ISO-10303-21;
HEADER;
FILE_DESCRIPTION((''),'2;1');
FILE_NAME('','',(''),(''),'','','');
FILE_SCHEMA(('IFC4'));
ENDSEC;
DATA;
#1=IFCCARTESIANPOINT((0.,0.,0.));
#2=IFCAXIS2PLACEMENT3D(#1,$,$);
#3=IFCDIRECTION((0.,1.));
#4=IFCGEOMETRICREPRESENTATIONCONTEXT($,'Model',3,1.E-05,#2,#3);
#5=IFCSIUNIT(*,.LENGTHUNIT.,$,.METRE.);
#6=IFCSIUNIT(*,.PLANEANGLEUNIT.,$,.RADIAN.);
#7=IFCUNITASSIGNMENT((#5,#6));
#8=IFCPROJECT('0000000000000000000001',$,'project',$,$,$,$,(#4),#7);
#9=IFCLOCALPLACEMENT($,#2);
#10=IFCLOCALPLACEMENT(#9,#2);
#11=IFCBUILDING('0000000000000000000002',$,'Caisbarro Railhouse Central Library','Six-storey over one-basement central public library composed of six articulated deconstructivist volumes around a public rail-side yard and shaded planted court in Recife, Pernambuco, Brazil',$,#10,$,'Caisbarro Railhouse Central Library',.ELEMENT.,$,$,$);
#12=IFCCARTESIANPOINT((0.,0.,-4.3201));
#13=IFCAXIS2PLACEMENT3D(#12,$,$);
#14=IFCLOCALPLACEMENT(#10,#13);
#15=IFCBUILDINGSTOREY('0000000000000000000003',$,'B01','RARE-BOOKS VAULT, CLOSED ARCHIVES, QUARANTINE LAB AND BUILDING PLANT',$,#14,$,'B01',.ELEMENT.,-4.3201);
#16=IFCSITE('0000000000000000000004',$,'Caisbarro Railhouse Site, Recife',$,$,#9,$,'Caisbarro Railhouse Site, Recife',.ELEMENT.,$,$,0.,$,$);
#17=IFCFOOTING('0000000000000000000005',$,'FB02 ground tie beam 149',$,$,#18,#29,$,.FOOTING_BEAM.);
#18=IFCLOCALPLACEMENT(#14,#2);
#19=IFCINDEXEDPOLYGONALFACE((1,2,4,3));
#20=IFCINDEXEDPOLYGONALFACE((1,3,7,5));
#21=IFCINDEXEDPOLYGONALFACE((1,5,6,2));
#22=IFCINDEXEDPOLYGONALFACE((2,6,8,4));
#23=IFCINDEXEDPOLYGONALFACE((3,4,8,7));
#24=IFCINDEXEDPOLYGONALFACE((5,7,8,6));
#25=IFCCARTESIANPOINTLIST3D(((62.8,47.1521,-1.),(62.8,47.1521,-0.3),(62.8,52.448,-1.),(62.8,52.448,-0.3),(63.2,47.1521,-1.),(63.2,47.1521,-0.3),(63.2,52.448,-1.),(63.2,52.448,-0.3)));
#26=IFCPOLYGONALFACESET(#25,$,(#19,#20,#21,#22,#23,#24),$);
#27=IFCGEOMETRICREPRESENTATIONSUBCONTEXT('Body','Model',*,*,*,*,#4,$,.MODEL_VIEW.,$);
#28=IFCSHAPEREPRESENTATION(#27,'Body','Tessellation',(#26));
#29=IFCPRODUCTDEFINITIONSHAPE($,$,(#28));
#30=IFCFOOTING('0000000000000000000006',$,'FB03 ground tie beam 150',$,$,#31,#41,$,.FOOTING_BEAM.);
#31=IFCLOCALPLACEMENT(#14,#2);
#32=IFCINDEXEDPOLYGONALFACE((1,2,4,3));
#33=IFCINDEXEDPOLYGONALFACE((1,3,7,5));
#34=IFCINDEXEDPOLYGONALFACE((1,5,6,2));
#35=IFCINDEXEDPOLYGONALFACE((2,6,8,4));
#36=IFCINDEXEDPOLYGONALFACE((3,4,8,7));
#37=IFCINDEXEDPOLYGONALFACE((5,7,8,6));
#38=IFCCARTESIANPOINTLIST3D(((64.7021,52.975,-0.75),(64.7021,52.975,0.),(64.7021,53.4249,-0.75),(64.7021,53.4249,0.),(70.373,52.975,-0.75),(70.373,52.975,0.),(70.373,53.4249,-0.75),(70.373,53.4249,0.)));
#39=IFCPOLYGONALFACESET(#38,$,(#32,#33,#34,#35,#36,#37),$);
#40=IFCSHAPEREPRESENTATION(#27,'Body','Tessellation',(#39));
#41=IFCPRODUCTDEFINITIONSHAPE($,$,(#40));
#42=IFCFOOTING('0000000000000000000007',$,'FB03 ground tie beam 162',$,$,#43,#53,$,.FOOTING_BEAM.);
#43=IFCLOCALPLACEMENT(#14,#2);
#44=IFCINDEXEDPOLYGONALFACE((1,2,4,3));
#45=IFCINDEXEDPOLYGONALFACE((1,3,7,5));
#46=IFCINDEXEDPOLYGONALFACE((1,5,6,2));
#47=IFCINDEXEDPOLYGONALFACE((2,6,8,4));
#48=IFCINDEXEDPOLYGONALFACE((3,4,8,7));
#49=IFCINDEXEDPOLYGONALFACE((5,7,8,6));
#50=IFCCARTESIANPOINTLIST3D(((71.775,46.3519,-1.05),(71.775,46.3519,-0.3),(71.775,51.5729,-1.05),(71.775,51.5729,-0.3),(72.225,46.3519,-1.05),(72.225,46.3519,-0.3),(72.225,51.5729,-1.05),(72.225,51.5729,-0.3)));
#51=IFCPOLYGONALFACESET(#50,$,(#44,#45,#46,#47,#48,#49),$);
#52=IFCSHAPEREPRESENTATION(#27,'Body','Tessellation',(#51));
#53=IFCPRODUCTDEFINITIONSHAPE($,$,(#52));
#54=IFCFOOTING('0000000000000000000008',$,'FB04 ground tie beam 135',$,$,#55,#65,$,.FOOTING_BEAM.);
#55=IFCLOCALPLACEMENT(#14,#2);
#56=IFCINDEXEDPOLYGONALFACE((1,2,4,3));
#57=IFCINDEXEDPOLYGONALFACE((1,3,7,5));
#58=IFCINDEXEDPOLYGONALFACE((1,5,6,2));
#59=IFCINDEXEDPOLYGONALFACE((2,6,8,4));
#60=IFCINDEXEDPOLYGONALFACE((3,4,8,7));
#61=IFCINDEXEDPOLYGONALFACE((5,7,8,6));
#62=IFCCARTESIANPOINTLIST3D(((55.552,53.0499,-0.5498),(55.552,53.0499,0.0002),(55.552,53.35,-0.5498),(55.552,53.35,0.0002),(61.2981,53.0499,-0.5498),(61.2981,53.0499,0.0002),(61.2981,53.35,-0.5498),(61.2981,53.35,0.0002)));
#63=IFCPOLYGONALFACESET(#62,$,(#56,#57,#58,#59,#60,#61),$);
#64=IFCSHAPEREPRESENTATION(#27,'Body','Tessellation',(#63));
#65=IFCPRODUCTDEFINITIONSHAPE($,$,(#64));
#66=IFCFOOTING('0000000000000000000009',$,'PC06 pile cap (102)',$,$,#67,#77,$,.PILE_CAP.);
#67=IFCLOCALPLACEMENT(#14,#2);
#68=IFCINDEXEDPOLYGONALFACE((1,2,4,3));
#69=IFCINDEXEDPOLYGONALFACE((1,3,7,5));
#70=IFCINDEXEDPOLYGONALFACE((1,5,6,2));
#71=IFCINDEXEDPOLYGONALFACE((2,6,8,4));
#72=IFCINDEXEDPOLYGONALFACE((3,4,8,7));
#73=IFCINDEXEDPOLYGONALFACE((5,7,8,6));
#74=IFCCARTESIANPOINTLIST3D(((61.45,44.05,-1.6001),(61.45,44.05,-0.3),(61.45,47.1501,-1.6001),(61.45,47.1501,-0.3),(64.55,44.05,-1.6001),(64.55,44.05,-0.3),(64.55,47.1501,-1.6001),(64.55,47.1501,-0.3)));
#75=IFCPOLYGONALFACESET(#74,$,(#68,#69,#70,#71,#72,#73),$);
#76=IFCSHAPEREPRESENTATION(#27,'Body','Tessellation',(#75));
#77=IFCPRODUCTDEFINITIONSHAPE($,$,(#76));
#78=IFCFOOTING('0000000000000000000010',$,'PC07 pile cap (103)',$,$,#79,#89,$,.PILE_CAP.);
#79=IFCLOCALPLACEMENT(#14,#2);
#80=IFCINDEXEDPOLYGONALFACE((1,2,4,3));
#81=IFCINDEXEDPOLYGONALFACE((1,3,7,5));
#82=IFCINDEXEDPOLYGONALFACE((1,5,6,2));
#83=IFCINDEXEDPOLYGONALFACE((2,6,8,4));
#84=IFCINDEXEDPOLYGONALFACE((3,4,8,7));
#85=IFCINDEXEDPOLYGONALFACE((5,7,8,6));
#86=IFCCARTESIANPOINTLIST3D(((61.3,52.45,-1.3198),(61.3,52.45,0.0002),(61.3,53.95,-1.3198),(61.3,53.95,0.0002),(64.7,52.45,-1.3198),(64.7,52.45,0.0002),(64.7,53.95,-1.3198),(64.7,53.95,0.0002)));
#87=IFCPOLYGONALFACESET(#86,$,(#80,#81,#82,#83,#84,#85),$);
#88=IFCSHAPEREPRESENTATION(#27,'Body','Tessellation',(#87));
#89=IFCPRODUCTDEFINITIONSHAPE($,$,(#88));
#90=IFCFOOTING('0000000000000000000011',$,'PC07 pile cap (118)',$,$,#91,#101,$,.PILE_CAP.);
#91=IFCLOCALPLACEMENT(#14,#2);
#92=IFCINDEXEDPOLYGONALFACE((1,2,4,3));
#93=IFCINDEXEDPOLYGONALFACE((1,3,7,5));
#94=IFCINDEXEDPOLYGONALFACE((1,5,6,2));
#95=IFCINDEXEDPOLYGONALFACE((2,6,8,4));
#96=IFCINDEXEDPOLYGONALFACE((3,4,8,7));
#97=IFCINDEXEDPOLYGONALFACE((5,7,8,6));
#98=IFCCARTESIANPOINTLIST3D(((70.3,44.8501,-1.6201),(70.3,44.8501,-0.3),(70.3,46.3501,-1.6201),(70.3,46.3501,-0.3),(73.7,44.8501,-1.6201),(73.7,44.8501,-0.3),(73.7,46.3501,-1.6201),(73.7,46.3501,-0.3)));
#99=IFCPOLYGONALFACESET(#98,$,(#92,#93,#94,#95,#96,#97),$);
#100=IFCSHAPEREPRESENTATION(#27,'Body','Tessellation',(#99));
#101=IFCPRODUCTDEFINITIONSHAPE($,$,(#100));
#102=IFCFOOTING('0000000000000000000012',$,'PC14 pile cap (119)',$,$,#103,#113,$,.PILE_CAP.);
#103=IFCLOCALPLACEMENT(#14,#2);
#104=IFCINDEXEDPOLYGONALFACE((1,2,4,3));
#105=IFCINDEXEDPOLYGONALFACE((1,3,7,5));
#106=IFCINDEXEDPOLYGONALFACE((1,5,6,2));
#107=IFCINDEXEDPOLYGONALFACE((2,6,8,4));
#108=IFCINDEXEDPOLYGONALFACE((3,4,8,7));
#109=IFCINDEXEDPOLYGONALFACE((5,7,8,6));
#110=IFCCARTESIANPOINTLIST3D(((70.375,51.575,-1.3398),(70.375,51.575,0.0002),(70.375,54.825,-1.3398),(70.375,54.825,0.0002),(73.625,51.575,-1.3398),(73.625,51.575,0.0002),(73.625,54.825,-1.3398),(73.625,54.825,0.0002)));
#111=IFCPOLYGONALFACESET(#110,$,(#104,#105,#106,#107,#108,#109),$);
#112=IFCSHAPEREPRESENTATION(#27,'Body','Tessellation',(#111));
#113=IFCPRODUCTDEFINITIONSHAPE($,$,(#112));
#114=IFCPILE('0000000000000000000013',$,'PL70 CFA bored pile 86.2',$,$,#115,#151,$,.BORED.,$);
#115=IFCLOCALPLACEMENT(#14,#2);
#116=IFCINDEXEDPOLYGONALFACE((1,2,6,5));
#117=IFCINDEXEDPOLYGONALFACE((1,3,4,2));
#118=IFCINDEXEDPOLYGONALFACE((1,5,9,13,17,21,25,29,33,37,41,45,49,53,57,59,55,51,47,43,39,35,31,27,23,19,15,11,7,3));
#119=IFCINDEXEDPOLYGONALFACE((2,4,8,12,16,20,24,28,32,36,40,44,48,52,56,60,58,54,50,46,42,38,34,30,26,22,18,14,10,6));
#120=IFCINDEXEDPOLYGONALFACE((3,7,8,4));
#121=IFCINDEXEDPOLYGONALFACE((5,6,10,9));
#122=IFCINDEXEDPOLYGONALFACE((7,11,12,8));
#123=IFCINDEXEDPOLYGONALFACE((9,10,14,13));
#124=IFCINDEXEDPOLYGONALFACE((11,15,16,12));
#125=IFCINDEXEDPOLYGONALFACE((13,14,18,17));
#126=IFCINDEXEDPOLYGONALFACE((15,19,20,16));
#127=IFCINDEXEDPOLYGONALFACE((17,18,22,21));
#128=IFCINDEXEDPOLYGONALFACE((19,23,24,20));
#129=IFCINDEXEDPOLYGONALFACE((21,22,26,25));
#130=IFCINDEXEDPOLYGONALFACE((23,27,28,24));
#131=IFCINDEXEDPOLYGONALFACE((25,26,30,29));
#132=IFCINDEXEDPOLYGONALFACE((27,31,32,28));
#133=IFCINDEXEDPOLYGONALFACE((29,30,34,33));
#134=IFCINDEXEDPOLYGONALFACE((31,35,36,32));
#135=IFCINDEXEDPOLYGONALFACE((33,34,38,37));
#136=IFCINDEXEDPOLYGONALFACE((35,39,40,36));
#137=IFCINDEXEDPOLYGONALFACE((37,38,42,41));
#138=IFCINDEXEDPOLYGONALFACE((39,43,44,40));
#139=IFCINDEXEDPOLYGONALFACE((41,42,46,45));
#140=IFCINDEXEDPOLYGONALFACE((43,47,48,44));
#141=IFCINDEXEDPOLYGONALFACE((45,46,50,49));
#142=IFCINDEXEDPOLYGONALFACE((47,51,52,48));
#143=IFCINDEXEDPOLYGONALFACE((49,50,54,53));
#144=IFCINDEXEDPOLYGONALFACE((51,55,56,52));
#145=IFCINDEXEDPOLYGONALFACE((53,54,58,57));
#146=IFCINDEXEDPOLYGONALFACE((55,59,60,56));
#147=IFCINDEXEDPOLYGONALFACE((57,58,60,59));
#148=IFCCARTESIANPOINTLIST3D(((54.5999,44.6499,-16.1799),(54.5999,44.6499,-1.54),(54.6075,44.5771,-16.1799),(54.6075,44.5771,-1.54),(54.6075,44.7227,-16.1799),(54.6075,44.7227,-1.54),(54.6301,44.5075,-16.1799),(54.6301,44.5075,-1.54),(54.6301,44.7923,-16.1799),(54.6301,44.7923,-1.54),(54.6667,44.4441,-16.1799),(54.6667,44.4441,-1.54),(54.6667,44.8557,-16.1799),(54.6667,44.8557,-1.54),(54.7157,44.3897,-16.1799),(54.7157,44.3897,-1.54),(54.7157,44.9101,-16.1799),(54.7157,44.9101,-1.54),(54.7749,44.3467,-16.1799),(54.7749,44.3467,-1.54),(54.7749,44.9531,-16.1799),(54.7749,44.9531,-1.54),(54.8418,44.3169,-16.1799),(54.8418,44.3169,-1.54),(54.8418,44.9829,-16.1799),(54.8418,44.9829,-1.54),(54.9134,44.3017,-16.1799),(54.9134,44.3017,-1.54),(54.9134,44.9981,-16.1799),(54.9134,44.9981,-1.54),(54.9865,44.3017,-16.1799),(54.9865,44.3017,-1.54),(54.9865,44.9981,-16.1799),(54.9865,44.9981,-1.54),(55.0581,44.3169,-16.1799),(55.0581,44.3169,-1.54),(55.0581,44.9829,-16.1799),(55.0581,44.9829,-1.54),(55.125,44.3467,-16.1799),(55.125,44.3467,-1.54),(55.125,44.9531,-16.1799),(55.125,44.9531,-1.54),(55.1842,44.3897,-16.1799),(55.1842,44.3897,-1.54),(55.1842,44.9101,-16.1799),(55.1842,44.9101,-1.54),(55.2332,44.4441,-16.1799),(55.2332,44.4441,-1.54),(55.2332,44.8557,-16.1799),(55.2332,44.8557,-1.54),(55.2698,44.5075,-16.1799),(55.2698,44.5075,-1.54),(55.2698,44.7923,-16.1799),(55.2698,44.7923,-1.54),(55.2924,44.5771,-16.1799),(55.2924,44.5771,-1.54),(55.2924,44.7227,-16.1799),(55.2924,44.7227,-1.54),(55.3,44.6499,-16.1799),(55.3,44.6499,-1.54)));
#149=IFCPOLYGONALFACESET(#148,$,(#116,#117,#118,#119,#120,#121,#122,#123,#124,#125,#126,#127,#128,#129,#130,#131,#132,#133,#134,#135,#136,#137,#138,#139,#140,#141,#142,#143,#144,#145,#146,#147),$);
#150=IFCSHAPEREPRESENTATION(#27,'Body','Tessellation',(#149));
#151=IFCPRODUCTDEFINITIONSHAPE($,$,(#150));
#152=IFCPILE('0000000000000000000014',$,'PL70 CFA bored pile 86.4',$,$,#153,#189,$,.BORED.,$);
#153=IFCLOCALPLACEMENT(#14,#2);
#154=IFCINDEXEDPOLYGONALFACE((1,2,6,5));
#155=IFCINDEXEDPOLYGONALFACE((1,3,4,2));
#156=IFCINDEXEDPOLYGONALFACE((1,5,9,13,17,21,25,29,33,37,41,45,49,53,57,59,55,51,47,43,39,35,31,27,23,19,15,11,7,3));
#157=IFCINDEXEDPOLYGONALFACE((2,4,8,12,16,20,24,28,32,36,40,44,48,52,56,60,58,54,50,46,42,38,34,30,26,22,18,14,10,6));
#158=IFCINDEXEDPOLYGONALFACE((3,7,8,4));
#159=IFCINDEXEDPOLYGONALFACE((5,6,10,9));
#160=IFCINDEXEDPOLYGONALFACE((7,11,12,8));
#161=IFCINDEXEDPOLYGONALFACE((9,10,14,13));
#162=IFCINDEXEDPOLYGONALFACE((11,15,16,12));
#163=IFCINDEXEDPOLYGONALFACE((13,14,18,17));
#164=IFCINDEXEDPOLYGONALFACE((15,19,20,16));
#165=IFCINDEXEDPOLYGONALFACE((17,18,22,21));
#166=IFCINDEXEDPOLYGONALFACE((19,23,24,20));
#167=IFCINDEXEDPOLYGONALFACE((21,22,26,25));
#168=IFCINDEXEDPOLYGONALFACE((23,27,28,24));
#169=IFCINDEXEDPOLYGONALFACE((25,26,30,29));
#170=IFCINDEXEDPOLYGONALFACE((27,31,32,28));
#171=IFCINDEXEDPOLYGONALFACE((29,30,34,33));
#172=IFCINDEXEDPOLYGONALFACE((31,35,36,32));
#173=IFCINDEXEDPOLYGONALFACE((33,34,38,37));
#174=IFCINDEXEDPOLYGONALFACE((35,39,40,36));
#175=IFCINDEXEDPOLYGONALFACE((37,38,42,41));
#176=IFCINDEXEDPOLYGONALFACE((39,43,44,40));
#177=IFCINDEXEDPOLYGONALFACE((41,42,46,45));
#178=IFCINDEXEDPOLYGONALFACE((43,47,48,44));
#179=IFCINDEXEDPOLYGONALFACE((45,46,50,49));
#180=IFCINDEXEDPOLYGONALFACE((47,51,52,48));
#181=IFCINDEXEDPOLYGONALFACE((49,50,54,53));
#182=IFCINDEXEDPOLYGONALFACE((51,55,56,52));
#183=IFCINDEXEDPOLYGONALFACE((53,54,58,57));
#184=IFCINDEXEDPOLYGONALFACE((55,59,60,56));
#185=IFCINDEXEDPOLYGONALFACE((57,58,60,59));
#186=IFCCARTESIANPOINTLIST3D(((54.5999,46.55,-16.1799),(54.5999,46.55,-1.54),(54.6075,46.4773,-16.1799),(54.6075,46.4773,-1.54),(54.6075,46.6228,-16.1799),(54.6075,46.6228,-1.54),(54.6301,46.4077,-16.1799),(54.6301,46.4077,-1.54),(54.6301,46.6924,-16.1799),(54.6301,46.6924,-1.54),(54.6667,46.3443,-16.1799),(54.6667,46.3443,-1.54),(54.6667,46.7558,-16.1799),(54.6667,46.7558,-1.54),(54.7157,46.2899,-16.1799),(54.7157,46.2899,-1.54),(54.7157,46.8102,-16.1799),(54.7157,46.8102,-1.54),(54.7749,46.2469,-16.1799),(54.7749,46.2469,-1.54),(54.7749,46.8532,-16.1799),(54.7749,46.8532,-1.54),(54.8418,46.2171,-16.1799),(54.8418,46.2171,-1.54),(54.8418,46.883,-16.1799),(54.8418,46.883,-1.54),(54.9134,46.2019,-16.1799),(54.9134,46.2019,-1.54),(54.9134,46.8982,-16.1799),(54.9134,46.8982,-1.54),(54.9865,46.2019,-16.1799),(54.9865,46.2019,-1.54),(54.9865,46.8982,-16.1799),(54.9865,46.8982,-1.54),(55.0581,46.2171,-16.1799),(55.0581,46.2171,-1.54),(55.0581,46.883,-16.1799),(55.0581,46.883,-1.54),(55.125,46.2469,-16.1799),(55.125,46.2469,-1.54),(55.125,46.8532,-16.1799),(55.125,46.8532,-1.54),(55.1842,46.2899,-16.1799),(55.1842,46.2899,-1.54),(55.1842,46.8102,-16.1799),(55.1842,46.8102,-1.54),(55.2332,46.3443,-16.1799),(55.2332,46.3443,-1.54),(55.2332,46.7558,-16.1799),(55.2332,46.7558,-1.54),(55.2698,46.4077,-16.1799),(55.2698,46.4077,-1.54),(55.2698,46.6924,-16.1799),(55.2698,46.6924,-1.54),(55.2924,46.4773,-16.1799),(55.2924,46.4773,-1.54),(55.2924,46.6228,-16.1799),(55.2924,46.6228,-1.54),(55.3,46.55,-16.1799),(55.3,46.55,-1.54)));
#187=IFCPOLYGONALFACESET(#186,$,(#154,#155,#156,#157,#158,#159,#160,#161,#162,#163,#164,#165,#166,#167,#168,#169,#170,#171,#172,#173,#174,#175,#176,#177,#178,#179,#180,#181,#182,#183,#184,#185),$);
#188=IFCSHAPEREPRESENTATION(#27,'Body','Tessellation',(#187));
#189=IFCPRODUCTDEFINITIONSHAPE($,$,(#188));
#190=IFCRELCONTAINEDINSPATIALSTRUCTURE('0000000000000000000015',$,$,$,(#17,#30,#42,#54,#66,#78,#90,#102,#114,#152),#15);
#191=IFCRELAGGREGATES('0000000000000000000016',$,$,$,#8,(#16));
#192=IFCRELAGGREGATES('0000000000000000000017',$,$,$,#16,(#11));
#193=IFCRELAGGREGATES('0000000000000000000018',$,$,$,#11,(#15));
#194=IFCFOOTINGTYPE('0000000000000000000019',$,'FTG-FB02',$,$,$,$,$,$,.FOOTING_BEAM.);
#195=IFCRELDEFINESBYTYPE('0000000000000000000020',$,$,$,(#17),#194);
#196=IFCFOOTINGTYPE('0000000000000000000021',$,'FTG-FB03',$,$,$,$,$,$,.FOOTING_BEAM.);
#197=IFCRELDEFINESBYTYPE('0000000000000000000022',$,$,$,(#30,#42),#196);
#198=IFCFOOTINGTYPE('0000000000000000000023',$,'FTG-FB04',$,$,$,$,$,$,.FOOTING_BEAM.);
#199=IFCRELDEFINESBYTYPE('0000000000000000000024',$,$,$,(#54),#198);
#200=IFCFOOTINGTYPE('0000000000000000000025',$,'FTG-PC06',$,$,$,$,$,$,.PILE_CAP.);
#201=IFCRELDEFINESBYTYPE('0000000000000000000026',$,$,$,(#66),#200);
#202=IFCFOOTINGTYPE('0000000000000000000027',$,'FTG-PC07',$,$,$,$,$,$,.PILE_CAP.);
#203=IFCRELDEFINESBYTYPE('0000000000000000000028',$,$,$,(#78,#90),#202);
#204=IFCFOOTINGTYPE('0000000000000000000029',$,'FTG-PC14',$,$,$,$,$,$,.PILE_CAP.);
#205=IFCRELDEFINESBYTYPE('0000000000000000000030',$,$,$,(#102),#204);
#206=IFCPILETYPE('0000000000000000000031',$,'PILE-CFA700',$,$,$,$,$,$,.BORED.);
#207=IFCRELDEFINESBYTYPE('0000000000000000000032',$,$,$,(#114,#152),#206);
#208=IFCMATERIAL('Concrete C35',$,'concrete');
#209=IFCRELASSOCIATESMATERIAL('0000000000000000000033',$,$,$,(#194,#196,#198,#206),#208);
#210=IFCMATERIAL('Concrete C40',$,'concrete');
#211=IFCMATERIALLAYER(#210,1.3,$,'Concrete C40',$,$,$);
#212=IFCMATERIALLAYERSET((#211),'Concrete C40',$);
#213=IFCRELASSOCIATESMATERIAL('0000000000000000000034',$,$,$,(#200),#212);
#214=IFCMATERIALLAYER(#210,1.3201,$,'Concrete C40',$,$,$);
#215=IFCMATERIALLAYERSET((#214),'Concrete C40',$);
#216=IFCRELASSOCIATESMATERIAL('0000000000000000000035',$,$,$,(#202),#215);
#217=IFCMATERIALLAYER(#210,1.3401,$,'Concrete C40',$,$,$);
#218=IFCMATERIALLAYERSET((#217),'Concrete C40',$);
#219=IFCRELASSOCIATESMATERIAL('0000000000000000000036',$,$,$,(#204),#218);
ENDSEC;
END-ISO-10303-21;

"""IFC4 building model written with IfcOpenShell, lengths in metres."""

from ifc_helpers import new_model, si_unit, direction, frame, origin, origin_2d, place, context, subcontext, project, spatial, rectangle, circle, extrude, material, layer, layer_set, material_profile, profile_set, type_object, element, save


model = new_model("IFC4")

# Units and contexts
model_context = context("Model", 3, precision=1e-05, world=origin(), true_north=direction((0.0, 1.0)))
body_context = subcontext(model_context, "Body", "Model", "MODEL_VIEW")
ifc_project = project(units=[si_unit("LENGTHUNIT", "METRE"), si_unit("PLANEANGLEUNIT", "RADIAN")], contexts=[model_context])

# Site, building, storey
site_placement = place(None, origin())
site = spatial("IfcSite", under=ifc_project, at=site_placement, Name="Caisbarro Railhouse Site, Recife", LongName="Caisbarro Railhouse Site, Recife", CompositionType="ELEMENT", RefElevation=0.0)
building_placement = place(site_placement, origin())
building = spatial("IfcBuilding", under=site, at=building_placement, Name="Caisbarro Railhouse Central Library", Description="Six-storey over one-basement central public library composed of six articulated deconstructivist volumes around a public rail-side yard and shaded planted court in Recife, Pernambuco, Brazil", LongName="Caisbarro Railhouse Central Library", CompositionType="ELEMENT")
storey_placement = place(building_placement, frame((0.0, 0.0, -4.3201)))
storey = spatial("IfcBuildingStorey", under=building, at=storey_placement, Name="B01", Description="RARE-BOOKS VAULT, CLOSED ARCHIVES, QUARANTINE LAB AND BUILDING PLANT", LongName="B01", CompositionType="ELEMENT", Elevation=-4.3201)

# Footings
ifc_material_1 = material(Name="Concrete C35", Category="concrete")
footing_type_1 = type_object("IfcFootingType", Name="FTG-FB02", PredefinedType="FOOTING_BEAM", material=ifc_material_1)
footing_1_placement = place(storey_placement, frame((63.0, 49.8, -1.0), z_axis=(0.0, 0.0, 1.0), x_axis=(0.0, 1.0, 0.0)))
element("IfcFooting", 1, at=footing_1_placement, inside=storey, type_object=footing_type_1, Name="FB02 ground tie beam 149", PredefinedType="FOOTING_BEAM", context=body_context, shape_type="SweptSolid", body=[
    extrude(rectangle(XDim=5.2959, YDim=0.3999, at=origin_2d()), origin(), (0.0, 0.0, 1.0), 0.7),
])
footing_type_2 = type_object("IfcFootingType", Name="FTG-FB03", PredefinedType="FOOTING_BEAM", material=ifc_material_1)
footing_2_placement = place(storey_placement, frame((67.5376, 53.2, -0.75), z_axis=(0.0, 0.0, 1.0), x_axis=(1.0, 0.0, 0.0)))
element("IfcFooting", 2, at=footing_2_placement, inside=storey, type_object=footing_type_2, Name="FB03 ground tie beam 150", PredefinedType="FOOTING_BEAM", context=body_context, shape_type="SweptSolid", body=[
    extrude(rectangle(XDim=5.6709, YDim=0.45, at=origin_2d()), origin(), (0.0, 0.0, 1.0), 0.75),
])
footing_3_placement = place(storey_placement, frame((72.0, 48.9624, -1.05), z_axis=(0.0, 0.0, 1.0), x_axis=(0.0, 1.0, 0.0)))
element("IfcFooting", 3, at=footing_3_placement, inside=storey, type_object=footing_type_2, Name="FB03 ground tie beam 162", PredefinedType="FOOTING_BEAM", context=body_context, shape_type="SweptSolid", body=[
    extrude(rectangle(XDim=5.2209, YDim=0.45, at=origin_2d()), origin(), (0.0, 0.0, 1.0), 0.75),
])
footing_type_3 = type_object("IfcFootingType", Name="FTG-FB04", PredefinedType="FOOTING_BEAM", material=ifc_material_1)
footing_4_placement = place(storey_placement, frame((58.425, 53.2, -0.5498), z_axis=(0.0, 0.0, 1.0), x_axis=(1.0, 0.0, 0.0)))
element("IfcFooting", 4, at=footing_4_placement, inside=storey, type_object=footing_type_3, Name="FB04 ground tie beam 135", PredefinedType="FOOTING_BEAM", context=body_context, shape_type="SweptSolid", body=[
    extrude(rectangle(XDim=5.7461, YDim=0.3, at=origin_2d()), origin(), (0.0, 0.0, 1.0), 0.55),
])
ifc_material_2 = material(Name="Concrete C40", Category="concrete")
ifc_layer_1 = layer(ifc_material_2, 1.3, Name="Concrete C40")
ifc_layer_set_1 = layer_set([ifc_layer_1], Name="Concrete C40")
footing_type_4 = type_object("IfcFootingType", Name="FTG-PC06", PredefinedType="PILE_CAP", material=ifc_layer_set_1)
footing_5_placement = place(storey_placement, frame((63.0, 45.6001, -1.6001), z_axis=(0.0, 0.0, 1.0), x_axis=(1.0, 0.0, 0.0)))
element("IfcFooting", 5, at=footing_5_placement, inside=storey, type_object=footing_type_4, Name="PC06 pile cap (102)", PredefinedType="PILE_CAP", context=body_context, shape_type="SweptSolid", body=[
    extrude(rectangle(XDim=3.1001, YDim=3.1001, at=origin_2d()), origin(), (0.0, 0.0, 1.0), 1.3),
])
ifc_layer_2 = layer(ifc_material_2, 1.3201, Name="Concrete C40")
ifc_layer_set_2 = layer_set([ifc_layer_2], Name="Concrete C40")
footing_type_5 = type_object("IfcFootingType", Name="FTG-PC07", PredefinedType="PILE_CAP", material=ifc_layer_set_2)
for number, where, z_axis, x_axis, name in (
    (6, (63.0, 53.2, -1.3198), (0.0, 0.0, 1.0), (1.0, 0.0, 0.0), "PC07 pile cap (103)"),
    (7, (72.0, 45.6001, -1.6201), (0.0, 0.0, 1.0), (1.0, 0.0, 0.0), "PC07 pile cap (118)"),
):
    element("IfcFooting", number, at=place(storey_placement, frame(where, z_axis=z_axis, x_axis=x_axis)), inside=storey, type_object=footing_type_5, Name=name, PredefinedType="PILE_CAP", context=body_context, shape_type="SweptSolid", body=[
        extrude(rectangle(XDim=3.3999, YDim=1.5, at=origin_2d()), origin(), (0.0, 0.0, 1.0), 1.3201),
    ])
ifc_layer_3 = layer(ifc_material_2, 1.3401, Name="Concrete C40")
ifc_layer_set_3 = layer_set([ifc_layer_3], Name="Concrete C40")
footing_type_6 = type_object("IfcFootingType", Name="FTG-PC14", PredefinedType="PILE_CAP", material=ifc_layer_set_3)
footing_6_placement = place(storey_placement, frame((72.0, 53.2, -1.3398), z_axis=(0.0, 0.0, 1.0), x_axis=(1.0, 0.0, 0.0)))
element("IfcFooting", 8, at=footing_6_placement, inside=storey, type_object=footing_type_6, Name="PC14 pile cap (119)", PredefinedType="PILE_CAP", context=body_context, shape_type="SweptSolid", body=[
    extrude(rectangle(XDim=3.25, YDim=3.25, at=origin_2d()), origin(), (0.0, 0.0, 1.0), 1.3401),
])

# Piles
ifc_material_profile_1 = material_profile(ifc_material_1, circle(Radius=0.3501, at=origin_2d()), Name="PILE-CFA-700")
ifc_profile_set_1 = profile_set([ifc_material_profile_1], Name="Concrete C35")
pile_type_1 = type_object("IfcPileType", Name="PILE-CFA700", PredefinedType="BORED", material=ifc_profile_set_1)
for number, where, z_axis, x_axis, name in (
    (9, (54.95, 44.6499, -1.54), (0.0, 0.0, -1.0), (1.0, 0.0, 0.0), "PL70 CFA bored pile 86.2"),
    (10, (54.95, 46.55, -1.54), (0.0, 0.0, -1.0), (1.0, 0.0, 0.0), "PL70 CFA bored pile 86.4"),
):
    element("IfcPile", number, at=place(storey_placement, frame(where, z_axis=z_axis, x_axis=x_axis)), inside=storey, type_object=pile_type_1, Name=name, PredefinedType="BORED", context=body_context, shape_type="SweptSolid", body=[
        extrude(circle(Radius=0.3501, at=origin_2d()), origin(), (0.0, 0.0, 1.0), 14.6399),
    ])

save(model, "model.ifc")
